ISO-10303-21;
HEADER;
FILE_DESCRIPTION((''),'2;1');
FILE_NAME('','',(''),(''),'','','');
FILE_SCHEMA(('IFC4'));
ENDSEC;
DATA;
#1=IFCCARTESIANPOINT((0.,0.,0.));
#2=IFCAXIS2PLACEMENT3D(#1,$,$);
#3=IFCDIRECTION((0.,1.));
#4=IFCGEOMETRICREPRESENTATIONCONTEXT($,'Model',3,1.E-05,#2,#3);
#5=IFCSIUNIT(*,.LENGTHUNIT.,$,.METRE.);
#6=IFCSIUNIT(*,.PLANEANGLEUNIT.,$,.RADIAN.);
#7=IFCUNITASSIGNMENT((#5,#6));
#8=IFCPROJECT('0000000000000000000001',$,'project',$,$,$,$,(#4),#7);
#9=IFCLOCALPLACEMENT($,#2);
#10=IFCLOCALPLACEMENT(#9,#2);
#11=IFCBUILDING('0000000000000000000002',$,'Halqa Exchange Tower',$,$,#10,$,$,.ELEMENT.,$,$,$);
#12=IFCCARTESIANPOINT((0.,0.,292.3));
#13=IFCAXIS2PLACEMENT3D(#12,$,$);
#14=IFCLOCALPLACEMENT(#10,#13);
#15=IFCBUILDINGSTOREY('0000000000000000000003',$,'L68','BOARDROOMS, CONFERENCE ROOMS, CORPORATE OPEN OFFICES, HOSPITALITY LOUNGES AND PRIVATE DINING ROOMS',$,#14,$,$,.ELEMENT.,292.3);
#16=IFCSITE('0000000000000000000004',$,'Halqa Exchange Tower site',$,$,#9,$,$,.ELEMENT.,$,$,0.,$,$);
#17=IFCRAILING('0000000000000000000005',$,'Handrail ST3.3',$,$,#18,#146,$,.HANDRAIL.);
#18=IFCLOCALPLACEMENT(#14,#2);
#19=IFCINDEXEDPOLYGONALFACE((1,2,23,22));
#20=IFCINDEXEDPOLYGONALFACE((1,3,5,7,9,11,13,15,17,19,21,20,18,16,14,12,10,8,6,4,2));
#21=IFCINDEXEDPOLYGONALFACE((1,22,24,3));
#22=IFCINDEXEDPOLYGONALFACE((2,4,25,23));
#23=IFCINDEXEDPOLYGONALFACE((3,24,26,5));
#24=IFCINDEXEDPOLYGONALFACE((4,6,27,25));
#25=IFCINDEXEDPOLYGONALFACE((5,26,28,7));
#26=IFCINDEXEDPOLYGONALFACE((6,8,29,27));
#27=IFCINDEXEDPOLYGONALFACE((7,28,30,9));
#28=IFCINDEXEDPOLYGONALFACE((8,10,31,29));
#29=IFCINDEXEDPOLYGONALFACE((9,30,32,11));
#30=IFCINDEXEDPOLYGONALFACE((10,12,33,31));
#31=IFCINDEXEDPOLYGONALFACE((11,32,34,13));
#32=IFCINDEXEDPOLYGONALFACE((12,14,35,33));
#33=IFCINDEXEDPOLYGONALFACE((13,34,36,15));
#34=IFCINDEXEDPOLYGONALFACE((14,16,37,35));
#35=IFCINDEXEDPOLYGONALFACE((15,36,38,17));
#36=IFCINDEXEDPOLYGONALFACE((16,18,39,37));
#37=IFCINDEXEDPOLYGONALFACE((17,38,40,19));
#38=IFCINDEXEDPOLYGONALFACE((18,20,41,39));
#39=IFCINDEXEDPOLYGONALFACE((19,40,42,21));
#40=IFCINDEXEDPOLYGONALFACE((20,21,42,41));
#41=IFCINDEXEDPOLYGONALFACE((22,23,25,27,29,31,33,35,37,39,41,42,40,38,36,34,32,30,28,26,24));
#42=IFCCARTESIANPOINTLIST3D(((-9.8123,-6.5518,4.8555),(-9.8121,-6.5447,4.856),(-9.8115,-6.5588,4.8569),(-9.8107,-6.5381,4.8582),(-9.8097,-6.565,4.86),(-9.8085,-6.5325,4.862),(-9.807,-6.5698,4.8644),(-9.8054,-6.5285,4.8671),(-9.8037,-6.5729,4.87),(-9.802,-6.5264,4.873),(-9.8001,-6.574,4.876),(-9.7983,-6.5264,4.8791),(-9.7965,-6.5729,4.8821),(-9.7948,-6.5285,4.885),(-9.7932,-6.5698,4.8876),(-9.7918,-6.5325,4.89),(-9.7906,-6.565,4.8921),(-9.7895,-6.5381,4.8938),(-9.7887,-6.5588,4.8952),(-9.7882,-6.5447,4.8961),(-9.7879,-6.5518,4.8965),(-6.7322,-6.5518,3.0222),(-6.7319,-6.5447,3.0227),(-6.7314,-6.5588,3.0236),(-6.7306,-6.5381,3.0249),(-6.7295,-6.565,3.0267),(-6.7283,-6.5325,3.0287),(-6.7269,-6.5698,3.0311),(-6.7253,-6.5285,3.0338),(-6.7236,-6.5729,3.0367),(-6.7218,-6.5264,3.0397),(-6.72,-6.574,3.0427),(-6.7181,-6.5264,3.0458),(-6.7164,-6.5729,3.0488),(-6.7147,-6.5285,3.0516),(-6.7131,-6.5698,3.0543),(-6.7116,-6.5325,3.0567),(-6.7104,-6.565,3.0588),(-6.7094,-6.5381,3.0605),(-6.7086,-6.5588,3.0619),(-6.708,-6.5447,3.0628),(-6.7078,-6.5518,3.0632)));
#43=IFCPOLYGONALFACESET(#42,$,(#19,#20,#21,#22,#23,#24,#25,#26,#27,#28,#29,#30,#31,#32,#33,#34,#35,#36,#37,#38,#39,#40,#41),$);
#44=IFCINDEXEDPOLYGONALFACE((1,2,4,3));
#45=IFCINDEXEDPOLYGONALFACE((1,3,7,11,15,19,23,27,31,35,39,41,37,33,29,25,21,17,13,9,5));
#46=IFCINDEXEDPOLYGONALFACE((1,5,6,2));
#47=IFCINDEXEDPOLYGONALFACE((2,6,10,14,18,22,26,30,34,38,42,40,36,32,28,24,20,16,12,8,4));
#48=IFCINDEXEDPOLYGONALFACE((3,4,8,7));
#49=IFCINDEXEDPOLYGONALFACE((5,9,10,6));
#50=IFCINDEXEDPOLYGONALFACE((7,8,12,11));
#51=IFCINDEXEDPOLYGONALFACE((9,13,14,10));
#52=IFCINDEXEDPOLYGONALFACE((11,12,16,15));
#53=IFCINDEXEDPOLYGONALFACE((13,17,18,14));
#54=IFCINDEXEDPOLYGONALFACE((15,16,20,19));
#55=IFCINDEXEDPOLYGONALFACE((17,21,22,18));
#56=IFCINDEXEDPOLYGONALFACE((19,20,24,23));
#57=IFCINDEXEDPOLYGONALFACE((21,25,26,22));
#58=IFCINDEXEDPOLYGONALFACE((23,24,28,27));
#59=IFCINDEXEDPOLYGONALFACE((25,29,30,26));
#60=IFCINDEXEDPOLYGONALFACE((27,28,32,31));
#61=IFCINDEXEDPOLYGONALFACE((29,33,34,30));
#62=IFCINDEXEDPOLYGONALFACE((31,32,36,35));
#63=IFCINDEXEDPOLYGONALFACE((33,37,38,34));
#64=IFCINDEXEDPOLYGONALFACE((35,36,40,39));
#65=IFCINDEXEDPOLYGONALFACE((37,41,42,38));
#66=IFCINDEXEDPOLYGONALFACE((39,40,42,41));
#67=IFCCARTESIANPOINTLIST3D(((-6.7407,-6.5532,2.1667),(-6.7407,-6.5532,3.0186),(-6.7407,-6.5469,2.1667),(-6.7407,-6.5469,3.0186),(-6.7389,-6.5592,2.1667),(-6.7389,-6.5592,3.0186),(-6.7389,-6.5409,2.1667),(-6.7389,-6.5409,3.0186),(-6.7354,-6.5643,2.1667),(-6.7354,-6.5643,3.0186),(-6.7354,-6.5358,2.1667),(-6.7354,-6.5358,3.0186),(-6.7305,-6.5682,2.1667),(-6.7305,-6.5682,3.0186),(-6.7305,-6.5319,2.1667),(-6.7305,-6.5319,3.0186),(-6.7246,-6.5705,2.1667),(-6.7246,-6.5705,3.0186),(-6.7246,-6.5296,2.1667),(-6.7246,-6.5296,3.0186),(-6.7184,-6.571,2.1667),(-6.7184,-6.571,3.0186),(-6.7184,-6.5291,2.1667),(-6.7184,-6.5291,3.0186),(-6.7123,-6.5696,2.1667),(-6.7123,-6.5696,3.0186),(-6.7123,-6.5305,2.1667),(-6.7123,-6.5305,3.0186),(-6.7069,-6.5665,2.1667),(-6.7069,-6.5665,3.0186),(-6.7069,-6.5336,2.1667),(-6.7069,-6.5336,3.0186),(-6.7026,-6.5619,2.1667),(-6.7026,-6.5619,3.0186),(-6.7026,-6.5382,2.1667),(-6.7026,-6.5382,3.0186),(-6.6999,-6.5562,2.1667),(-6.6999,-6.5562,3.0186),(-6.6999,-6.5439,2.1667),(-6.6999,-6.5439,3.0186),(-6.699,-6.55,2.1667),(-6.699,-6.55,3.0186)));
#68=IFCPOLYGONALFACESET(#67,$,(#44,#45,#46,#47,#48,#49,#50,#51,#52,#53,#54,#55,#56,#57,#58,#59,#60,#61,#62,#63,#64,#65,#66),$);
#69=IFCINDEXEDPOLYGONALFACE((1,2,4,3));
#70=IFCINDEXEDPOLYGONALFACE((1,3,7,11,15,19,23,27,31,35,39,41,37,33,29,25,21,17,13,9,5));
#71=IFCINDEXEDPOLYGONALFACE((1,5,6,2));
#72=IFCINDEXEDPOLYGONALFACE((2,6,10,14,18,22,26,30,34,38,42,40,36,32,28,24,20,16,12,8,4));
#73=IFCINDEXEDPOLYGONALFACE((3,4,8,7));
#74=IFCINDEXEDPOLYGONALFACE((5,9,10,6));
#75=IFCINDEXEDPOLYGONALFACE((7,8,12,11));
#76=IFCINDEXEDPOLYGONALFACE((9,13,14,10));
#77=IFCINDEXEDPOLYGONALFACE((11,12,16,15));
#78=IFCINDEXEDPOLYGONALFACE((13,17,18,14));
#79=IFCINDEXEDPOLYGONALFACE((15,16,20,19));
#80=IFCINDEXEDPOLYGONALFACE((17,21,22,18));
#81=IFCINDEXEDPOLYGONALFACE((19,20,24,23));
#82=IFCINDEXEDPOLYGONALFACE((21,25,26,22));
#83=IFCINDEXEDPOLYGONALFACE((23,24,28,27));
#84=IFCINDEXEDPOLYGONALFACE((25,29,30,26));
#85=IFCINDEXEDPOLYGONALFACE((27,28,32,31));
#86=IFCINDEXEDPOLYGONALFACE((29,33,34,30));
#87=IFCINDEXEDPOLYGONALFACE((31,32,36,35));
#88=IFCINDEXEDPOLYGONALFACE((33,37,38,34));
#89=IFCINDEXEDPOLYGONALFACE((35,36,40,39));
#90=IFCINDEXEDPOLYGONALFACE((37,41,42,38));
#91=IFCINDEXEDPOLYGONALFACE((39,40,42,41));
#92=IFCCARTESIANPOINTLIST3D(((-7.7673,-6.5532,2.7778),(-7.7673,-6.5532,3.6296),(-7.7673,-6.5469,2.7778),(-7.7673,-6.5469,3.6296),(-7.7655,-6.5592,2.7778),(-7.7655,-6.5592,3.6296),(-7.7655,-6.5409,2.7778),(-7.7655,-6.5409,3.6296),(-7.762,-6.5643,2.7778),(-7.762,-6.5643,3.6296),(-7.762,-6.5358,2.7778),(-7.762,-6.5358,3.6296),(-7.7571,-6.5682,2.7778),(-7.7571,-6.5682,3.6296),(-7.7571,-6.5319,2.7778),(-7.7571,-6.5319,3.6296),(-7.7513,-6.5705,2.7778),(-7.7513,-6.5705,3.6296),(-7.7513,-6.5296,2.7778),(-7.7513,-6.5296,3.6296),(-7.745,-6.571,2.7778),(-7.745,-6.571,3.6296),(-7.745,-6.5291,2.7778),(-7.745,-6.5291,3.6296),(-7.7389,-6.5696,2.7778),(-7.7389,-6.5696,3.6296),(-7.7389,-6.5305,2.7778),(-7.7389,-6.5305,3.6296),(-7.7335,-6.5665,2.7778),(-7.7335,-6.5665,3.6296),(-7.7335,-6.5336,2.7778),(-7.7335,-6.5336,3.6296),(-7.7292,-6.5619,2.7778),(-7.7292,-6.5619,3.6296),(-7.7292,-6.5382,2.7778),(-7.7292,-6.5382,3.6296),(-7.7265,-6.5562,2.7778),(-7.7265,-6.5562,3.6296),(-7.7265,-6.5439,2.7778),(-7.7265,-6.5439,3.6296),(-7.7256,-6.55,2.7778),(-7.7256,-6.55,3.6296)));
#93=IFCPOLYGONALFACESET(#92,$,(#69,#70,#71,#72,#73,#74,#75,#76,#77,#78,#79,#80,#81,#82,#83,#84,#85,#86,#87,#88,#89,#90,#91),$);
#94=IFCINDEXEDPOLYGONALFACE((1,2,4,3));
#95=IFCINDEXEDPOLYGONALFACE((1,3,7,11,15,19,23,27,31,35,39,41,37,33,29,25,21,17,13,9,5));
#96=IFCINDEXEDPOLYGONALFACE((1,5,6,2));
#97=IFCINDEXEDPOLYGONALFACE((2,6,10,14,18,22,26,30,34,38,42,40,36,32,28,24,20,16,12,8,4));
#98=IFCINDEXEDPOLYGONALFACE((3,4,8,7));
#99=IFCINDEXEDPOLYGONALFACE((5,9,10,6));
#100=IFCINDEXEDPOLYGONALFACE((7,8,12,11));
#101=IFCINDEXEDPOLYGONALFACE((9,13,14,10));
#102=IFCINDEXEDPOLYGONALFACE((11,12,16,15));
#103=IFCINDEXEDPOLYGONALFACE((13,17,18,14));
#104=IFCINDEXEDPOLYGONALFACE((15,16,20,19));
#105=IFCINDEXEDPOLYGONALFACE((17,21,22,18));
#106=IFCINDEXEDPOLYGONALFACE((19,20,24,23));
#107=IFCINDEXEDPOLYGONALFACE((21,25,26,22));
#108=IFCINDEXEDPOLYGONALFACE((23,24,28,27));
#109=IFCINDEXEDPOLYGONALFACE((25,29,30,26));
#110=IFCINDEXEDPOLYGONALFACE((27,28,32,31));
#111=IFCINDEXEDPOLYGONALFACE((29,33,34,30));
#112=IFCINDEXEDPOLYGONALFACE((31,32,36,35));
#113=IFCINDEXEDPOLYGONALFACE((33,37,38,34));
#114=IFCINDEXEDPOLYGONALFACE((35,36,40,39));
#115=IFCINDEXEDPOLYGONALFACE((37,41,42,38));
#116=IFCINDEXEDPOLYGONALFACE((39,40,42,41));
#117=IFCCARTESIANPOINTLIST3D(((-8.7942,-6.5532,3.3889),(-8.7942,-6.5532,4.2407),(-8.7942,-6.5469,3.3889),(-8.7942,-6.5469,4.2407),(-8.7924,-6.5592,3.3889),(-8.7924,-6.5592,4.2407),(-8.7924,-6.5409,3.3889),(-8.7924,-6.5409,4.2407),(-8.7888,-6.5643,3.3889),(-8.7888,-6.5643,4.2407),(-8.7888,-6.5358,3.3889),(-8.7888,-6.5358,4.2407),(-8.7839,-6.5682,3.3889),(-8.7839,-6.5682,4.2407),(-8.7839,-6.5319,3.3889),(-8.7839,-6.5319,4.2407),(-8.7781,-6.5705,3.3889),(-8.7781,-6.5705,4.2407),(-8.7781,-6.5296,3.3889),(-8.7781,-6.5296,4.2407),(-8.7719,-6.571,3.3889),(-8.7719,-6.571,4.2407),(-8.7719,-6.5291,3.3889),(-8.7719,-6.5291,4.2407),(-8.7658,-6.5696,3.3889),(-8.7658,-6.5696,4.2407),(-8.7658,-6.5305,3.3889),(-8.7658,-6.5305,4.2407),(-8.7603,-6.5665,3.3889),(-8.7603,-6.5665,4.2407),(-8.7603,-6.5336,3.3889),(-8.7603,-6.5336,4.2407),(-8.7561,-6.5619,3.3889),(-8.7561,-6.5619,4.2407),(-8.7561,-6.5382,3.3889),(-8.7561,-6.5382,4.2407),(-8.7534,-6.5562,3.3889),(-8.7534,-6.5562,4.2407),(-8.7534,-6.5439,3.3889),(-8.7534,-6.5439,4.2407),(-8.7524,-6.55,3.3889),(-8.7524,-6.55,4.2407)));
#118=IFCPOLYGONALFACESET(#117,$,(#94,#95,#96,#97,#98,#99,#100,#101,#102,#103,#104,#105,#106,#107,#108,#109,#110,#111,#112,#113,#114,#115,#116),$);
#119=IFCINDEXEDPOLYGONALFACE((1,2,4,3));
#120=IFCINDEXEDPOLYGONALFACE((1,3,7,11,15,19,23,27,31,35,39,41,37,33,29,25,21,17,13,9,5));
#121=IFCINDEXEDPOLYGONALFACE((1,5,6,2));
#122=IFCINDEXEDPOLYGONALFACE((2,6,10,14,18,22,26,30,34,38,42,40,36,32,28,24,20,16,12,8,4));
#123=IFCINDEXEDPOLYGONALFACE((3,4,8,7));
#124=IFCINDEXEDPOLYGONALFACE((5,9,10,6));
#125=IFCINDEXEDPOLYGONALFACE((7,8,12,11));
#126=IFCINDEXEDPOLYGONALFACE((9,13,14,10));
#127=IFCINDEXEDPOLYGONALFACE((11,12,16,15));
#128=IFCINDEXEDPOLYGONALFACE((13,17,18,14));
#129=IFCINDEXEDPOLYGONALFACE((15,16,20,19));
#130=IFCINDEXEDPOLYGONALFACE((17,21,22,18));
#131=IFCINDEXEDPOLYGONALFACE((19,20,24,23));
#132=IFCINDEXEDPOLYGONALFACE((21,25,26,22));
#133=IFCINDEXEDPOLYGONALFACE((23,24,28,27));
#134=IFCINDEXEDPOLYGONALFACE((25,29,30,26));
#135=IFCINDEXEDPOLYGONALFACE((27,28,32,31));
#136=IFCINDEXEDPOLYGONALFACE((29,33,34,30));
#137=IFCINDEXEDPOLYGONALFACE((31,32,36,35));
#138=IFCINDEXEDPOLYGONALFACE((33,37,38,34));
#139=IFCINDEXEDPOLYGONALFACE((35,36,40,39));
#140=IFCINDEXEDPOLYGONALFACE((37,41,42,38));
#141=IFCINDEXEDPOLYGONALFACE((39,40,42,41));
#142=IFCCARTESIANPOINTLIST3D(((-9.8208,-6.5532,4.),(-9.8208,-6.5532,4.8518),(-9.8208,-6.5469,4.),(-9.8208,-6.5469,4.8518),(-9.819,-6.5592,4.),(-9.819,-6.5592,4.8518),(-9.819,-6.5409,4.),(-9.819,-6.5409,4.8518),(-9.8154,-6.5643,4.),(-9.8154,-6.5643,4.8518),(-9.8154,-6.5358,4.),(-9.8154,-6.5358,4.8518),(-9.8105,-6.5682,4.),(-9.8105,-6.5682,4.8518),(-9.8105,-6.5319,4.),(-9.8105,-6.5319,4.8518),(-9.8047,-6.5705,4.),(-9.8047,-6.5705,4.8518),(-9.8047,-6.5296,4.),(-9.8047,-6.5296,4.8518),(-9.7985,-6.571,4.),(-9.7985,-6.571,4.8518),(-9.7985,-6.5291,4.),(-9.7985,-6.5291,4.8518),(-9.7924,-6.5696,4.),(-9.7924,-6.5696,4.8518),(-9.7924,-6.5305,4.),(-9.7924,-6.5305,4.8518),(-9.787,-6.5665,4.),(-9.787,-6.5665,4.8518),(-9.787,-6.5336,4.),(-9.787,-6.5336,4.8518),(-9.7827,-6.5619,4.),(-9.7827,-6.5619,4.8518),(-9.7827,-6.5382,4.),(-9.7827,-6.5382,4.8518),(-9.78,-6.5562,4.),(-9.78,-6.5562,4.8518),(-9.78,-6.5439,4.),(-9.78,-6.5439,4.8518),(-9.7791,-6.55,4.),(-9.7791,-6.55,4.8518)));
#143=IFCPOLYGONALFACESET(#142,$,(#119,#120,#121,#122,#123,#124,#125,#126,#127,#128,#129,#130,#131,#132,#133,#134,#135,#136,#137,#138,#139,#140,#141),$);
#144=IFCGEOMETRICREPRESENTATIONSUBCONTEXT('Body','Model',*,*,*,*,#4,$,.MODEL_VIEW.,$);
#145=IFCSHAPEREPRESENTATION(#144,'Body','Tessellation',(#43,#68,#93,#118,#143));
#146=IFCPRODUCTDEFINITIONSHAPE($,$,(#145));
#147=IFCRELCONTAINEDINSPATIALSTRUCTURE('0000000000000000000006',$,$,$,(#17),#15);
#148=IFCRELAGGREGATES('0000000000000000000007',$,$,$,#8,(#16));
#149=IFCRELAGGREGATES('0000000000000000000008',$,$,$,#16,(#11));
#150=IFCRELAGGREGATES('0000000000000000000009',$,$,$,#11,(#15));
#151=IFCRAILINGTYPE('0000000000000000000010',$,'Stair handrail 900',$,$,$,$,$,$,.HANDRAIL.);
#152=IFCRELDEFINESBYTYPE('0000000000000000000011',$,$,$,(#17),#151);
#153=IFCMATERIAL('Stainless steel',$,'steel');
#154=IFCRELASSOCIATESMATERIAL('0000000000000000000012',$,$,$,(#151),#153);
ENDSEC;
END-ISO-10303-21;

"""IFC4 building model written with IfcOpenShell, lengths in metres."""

from ifc_helpers import new_model, si_unit, direction, frame, origin, origin_2d, place, context, subcontext, project, spatial, circle, extrude, material, type_object, element, save


model = new_model("IFC4")

# Units and contexts
model_context = context("Model", 3, precision=1e-05, world=origin(), true_north=direction((0.0, 1.0)))
body_context = subcontext(model_context, "Body", "Model", "MODEL_VIEW")
ifc_project = project(units=[si_unit("LENGTHUNIT", "METRE"), si_unit("PLANEANGLEUNIT", "RADIAN")], contexts=[model_context])

# Site, building, storey
site_placement = place(None, origin())
site = spatial("IfcSite", under=ifc_project, at=site_placement, Name="Halqa Exchange Tower site", CompositionType="ELEMENT", RefElevation=0.0)
building_placement = place(site_placement, origin())
building = spatial("IfcBuilding", under=site, at=building_placement, Name="Halqa Exchange Tower", CompositionType="ELEMENT")
storey_placement = place(building_placement, frame((0.0, 0.0, 292.3)))
storey = spatial("IfcBuildingStorey", under=building, at=storey_placement, Name="L68", Description="BOARDROOMS, CONFERENCE ROOMS, CORPORATE OPEN OFFICES, HOSPITALITY LOUNGES AND PRIVATE DINING ROOMS", CompositionType="ELEMENT", Elevation=292.3)

# Shared definitions
ifc_material_1 = material(Name="Stainless steel", Category="steel")

# Railing
railing_type_1 = type_object("IfcRailingType", Name="Stair handrail 900", PredefinedType="HANDRAIL", material=ifc_material_1)
railing_1_placement = place(storey_placement, frame((-6.72, -6.55, 2.1667)))
element("IfcRailing", 1, at=railing_1_placement, inside=storey, type_object=railing_type_1, Name="Handrail ST3.3", PredefinedType="HANDRAIL", context=body_context, shape_type="SweptSolid", body=[
    extrude(circle(Radius=0.0239, at=origin_2d()), frame((0.0, 0.0, 0.876), z_axis=(-0.859309, 0.0, 0.511458), x_axis=(0.0, -1.0, 0.0)), (0.0, 0.0, 1.0), 3.5845),
    extrude(circle(Radius=0.021, at=origin_2d()), origin(), (0.0, 0.0, 1.0), 0.8518),
    extrude(circle(Radius=0.021, at=origin_2d()), frame((-1.0266, 0.0, 0.6111)), (0.0, 0.0, 1.0), 0.8518),
    extrude(circle(Radius=0.021, at=origin_2d()), frame((-2.0535, 0.0, 1.2222)), (0.0, 0.0, 1.0), 0.8518),
    extrude(circle(Radius=0.021, at=origin_2d()), frame((-3.0801, 0.0, 1.8333)), (0.0, 0.0, 1.0), 0.8518),
])

save(model, "model.ifc")
